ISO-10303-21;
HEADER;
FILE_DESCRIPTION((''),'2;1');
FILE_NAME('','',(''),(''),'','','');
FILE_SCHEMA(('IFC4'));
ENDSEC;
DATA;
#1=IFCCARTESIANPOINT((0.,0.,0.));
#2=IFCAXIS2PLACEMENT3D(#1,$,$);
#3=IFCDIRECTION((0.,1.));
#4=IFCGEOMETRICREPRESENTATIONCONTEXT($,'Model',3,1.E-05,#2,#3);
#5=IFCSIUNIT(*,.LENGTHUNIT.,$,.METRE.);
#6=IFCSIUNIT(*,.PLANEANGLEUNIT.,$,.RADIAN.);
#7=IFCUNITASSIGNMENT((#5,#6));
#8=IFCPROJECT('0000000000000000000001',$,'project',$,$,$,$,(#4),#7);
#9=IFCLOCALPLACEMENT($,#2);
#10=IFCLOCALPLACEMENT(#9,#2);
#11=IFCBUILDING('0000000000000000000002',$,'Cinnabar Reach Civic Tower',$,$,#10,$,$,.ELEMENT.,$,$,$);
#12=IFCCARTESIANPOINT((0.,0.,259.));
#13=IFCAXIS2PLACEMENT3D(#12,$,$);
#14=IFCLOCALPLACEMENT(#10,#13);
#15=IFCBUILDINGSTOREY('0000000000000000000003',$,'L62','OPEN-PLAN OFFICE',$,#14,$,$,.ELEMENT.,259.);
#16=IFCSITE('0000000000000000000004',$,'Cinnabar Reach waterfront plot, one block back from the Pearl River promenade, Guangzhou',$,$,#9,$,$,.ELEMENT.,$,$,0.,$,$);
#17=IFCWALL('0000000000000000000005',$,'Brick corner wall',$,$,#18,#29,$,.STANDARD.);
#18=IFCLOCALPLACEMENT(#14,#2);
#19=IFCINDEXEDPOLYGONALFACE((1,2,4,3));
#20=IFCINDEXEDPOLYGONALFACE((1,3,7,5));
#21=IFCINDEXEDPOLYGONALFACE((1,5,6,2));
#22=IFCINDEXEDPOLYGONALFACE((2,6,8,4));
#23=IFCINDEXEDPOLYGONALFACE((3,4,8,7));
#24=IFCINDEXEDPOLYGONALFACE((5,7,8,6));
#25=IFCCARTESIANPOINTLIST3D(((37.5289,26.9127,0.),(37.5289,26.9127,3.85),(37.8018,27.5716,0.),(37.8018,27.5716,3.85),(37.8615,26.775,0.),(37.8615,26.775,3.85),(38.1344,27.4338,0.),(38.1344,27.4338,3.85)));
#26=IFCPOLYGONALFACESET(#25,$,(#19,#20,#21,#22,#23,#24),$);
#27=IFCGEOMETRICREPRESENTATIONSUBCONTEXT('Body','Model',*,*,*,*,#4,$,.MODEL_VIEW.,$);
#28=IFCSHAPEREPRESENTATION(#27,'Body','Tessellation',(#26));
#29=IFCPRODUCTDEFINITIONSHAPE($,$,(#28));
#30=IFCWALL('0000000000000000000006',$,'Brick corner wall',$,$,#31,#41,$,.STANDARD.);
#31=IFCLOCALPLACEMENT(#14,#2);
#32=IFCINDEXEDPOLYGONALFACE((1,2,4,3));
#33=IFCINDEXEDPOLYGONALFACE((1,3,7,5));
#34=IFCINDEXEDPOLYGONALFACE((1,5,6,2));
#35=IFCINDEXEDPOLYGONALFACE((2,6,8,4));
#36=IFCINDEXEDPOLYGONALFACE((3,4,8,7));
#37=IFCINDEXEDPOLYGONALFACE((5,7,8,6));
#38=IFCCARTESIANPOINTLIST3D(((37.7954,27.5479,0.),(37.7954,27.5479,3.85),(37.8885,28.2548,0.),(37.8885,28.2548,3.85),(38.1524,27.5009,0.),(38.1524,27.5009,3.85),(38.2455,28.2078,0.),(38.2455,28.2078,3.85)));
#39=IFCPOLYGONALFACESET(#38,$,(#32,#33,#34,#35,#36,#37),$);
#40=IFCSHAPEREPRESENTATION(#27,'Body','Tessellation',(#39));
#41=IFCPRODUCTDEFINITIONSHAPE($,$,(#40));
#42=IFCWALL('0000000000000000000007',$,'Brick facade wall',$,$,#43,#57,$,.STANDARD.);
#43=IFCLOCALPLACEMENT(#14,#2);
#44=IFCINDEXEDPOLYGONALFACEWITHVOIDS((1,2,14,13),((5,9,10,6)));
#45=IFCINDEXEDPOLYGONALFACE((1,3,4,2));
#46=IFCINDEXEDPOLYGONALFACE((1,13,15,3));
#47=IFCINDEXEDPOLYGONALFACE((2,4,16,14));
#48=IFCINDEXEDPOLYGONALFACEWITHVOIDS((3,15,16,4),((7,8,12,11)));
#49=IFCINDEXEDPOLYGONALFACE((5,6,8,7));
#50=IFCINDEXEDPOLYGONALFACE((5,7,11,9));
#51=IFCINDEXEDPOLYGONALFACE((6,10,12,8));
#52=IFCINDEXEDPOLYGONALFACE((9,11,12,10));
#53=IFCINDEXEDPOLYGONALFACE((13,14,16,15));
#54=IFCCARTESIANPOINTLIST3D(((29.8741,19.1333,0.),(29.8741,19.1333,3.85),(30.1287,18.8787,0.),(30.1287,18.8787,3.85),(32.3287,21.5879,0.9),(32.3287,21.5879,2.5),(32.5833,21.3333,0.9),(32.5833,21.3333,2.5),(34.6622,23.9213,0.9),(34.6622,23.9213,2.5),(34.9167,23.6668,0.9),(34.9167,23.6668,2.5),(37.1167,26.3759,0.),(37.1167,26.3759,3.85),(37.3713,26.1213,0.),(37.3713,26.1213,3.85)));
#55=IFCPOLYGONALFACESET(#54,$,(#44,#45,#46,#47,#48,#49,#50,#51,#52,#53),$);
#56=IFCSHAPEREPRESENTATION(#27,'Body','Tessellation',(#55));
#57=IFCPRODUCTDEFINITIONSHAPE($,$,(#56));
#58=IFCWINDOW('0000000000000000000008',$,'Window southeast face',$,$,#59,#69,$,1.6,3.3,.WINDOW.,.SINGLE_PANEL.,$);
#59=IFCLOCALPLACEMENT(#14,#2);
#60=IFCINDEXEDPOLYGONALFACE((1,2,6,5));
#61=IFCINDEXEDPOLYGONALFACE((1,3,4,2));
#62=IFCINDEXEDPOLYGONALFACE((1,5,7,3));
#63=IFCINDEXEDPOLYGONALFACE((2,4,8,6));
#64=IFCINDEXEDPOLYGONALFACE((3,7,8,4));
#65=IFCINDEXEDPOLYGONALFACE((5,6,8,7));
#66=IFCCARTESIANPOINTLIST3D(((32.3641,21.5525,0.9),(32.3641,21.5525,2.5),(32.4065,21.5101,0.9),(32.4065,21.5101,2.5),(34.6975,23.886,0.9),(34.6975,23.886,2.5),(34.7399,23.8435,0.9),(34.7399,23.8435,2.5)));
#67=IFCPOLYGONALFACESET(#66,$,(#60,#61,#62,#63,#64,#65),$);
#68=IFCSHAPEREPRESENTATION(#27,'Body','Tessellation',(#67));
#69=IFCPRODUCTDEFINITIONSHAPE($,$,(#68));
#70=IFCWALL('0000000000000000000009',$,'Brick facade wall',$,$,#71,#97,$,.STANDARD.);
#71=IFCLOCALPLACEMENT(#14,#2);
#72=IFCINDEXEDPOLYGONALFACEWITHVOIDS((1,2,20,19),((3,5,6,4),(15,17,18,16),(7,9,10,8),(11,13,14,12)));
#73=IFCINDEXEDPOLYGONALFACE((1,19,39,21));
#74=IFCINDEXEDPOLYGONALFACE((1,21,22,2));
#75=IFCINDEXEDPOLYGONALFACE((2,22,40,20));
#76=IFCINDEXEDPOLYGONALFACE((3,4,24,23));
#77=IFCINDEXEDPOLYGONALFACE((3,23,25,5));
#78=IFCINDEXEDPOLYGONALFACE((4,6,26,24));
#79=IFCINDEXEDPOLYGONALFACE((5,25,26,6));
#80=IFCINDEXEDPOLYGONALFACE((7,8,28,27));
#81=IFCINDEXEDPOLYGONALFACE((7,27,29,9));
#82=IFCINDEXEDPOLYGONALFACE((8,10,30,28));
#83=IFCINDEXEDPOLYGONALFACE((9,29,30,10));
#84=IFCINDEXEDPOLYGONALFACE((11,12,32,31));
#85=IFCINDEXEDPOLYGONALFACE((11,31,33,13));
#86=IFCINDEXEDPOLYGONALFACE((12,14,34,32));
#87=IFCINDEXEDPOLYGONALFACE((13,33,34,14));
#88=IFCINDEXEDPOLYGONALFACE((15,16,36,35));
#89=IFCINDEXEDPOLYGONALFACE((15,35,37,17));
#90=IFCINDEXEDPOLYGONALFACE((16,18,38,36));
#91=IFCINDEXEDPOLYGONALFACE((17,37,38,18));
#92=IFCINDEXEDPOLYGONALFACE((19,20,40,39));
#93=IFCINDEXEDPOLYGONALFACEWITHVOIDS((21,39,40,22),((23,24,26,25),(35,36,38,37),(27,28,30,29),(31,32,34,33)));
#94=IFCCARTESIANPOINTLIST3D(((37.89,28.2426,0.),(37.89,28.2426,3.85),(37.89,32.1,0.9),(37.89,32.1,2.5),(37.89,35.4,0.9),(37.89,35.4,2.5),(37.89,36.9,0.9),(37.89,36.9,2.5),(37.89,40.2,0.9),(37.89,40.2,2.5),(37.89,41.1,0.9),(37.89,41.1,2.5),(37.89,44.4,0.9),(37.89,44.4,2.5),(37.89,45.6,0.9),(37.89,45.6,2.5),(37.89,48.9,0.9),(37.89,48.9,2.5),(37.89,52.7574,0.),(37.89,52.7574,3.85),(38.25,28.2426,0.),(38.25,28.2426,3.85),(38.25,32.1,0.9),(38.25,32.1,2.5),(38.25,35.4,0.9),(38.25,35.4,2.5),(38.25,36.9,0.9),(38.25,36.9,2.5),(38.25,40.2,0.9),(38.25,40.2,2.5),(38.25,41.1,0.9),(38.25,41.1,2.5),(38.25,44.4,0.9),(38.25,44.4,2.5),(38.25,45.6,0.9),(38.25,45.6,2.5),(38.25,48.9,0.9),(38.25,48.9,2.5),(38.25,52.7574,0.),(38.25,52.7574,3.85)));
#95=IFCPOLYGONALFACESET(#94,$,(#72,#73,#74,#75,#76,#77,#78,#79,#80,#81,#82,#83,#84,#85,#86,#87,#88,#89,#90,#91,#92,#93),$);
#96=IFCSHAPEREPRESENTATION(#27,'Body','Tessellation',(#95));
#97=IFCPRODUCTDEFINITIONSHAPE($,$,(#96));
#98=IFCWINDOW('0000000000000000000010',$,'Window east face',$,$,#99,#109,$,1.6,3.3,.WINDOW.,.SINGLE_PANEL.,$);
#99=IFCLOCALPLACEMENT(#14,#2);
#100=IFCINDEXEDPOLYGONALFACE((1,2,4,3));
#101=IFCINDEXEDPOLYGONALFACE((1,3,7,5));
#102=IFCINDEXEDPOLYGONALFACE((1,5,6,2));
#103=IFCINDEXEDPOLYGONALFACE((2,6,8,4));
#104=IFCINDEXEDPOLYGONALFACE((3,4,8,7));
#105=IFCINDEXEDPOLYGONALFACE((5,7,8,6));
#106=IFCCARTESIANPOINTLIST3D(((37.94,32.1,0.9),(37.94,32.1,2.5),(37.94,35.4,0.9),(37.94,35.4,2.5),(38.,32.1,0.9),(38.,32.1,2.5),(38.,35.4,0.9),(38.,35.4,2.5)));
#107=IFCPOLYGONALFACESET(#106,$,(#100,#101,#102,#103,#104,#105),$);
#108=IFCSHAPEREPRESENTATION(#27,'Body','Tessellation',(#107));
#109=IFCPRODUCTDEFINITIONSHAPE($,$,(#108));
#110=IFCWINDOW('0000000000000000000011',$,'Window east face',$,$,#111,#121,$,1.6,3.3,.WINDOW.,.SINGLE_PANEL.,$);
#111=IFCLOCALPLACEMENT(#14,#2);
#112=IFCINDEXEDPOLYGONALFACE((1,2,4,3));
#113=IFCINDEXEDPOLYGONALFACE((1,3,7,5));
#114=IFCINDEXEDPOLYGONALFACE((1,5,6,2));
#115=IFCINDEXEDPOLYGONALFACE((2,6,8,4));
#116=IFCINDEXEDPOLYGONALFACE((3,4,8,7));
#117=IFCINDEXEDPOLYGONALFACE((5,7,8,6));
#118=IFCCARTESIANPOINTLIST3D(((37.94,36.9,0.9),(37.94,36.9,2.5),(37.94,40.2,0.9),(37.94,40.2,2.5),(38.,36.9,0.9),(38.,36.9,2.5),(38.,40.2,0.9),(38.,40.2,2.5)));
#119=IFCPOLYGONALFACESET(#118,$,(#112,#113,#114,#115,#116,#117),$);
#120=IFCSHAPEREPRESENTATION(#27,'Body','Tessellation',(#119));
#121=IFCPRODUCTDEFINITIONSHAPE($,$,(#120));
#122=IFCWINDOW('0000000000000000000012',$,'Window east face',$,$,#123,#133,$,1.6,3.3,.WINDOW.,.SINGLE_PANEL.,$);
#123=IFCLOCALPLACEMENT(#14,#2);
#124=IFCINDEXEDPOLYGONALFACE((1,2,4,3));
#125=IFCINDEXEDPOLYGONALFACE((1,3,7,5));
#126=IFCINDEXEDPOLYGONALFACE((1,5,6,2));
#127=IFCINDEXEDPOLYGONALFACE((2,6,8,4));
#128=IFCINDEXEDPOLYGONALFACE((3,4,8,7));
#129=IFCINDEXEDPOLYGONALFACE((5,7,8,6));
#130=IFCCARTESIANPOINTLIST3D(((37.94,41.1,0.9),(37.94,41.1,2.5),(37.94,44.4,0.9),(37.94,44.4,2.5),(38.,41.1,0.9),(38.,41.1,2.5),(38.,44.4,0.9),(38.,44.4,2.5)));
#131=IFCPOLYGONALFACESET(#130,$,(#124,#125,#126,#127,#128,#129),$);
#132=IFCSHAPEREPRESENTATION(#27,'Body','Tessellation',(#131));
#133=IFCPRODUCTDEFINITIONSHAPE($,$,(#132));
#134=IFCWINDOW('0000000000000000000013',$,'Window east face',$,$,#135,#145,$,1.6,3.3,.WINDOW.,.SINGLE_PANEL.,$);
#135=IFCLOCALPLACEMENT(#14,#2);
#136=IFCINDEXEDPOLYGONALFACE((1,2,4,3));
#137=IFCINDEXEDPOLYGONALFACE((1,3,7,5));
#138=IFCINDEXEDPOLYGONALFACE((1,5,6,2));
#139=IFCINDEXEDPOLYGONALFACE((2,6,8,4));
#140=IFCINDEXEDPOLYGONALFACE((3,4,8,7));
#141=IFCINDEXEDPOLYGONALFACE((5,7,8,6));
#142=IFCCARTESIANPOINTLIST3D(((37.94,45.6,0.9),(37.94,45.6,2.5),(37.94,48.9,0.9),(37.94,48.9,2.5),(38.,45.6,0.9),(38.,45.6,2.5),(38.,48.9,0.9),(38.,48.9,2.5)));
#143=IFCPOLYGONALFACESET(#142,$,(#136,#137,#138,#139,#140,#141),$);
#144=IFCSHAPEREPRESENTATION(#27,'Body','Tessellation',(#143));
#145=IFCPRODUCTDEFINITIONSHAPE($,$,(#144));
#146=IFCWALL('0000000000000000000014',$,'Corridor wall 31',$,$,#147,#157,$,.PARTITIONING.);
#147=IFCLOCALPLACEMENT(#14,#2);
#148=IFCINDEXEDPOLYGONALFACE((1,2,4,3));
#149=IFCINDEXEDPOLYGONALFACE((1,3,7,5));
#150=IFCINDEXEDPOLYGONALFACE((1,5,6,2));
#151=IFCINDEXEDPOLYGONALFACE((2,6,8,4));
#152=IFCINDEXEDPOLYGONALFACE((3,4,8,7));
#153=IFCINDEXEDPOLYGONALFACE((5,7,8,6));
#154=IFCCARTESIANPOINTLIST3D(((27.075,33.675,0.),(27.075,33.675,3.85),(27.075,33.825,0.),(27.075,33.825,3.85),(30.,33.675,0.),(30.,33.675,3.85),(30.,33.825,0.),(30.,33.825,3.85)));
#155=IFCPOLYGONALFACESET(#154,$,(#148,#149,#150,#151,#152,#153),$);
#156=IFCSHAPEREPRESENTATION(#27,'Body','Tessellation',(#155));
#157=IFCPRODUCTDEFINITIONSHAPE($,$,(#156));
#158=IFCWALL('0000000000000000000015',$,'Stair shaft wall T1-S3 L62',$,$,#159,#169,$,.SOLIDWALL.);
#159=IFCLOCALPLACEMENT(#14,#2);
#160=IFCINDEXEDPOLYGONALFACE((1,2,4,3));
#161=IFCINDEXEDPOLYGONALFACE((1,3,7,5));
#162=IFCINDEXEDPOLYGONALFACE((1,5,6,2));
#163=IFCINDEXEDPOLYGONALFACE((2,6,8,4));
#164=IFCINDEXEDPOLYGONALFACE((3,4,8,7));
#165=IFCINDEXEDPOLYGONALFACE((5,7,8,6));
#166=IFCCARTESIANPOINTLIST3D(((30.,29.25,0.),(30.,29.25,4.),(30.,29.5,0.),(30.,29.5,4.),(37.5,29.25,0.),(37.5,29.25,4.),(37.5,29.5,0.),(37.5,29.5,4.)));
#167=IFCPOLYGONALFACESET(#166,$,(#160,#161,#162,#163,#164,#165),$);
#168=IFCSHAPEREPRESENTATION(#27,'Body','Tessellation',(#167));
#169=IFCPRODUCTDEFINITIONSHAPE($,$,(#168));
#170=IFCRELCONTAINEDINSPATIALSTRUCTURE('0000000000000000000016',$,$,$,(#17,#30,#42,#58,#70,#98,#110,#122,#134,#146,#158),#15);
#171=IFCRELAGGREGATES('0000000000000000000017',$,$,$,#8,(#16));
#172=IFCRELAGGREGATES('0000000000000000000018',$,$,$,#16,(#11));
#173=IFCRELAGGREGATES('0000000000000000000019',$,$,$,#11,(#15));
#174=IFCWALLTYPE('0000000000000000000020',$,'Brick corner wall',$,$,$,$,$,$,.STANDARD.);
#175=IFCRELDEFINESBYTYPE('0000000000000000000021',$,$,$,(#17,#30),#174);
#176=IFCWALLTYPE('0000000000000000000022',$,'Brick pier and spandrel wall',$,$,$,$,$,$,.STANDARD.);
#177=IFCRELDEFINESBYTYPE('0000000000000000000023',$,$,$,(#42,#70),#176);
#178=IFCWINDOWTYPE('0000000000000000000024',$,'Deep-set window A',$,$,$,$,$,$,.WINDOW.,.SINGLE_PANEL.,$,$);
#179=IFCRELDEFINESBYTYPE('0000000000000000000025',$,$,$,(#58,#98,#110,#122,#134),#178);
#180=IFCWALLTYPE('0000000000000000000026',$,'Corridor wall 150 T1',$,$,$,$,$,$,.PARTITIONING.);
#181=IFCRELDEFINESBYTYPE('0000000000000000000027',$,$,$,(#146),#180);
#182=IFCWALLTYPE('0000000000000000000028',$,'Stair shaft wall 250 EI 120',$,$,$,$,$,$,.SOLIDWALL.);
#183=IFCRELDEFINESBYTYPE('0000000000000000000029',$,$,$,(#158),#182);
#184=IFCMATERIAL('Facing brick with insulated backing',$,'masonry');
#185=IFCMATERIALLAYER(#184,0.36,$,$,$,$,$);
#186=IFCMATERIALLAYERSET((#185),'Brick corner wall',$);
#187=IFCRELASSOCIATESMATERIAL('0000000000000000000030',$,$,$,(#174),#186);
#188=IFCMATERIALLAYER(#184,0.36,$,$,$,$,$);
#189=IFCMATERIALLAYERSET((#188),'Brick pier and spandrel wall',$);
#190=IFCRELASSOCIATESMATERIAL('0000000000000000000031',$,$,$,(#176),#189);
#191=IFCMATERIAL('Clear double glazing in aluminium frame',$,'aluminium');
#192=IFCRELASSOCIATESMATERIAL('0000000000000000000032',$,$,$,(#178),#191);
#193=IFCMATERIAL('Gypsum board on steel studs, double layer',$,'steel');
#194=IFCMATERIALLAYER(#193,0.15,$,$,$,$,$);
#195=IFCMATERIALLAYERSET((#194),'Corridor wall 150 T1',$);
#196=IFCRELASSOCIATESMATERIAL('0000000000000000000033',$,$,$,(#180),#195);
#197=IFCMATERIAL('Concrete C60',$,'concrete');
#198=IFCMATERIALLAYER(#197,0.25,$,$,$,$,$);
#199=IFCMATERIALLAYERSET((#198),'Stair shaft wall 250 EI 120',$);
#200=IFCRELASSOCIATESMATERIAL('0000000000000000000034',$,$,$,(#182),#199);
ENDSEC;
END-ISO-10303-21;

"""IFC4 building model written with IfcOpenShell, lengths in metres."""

from ifc_helpers import new_model, si_unit, direction, frame, frame_2d, origin, place, context, subcontext, project, spatial, rectangle, extrude, material, layer, layer_set, type_object, element, fill, save


model = new_model("IFC4")

# Units and contexts
model_context = context("Model", 3, precision=1e-05, world=origin(), true_north=direction((0.0, 1.0)))
body_context = subcontext(model_context, "Body", "Model", "MODEL_VIEW")
ifc_project = project(units=[si_unit("LENGTHUNIT", "METRE"), si_unit("PLANEANGLEUNIT", "RADIAN")], contexts=[model_context])

# Site, building, storey
site_placement = place(None, origin())
site = spatial("IfcSite", under=ifc_project, at=site_placement, Name="Cinnabar Reach waterfront plot, one block back from the Pearl River promenade, Guangzhou", CompositionType="ELEMENT", RefElevation=0.0)
building_placement = place(site_placement, origin())
building = spatial("IfcBuilding", under=site, at=building_placement, Name="Cinnabar Reach Civic Tower", CompositionType="ELEMENT")
storey_placement = place(building_placement, frame((0.0, 0.0, 259.0)))
storey = spatial("IfcBuildingStorey", under=building, at=storey_placement, Name="L62", Description="OPEN-PLAN OFFICE", CompositionType="ELEMENT", Elevation=259.0)

# Shared definitions
ifc_material_1 = material(Name="Concrete C60", Category="concrete")

# Walls
ifc_material_2 = material(Name="Facing brick with insulated backing", Category="masonry")
ifc_layer_1 = layer(ifc_material_2, 0.36)
ifc_layer_set_1 = layer_set([ifc_layer_1], Name="Brick corner wall")
wall_type_1 = type_object("IfcWallType", Name="Brick corner wall", PredefinedType="STANDARD", material=ifc_layer_set_1)
for number, where, z_axis, x_axis, name in (
    (1, (37.6952, 26.8439, 0.0), (0.0, 0.0, 1.0), (0.382703, 0.923872, 0.0), "Brick corner wall"),
    (2, (37.9739, 27.5244, 0.0), (0.0, 0.0, 1.0), (0.130556, 0.991441, 0.0), "Brick corner wall"),
):
    element("IfcWall", number, at=place(storey_placement, frame(where, z_axis=z_axis, x_axis=x_axis)), inside=storey, type_object=wall_type_1, Name=name, PredefinedType="STANDARD", context=body_context, shape_type="SweptSolid", body=[
        extrude(rectangle(XDim=0.7131, YDim=0.36, at=frame_2d((0.3565, 0.0))), origin(), (0.0, 0.0, 1.0), 3.85),
    ])

# Wall, opening, window
ifc_layer_2 = layer(ifc_material_2, 0.36)
ifc_layer_set_2 = layer_set([ifc_layer_2], Name="Brick pier and spandrel wall")
wall_type_2 = type_object("IfcWallType", Name="Brick pier and spandrel wall", PredefinedType="STANDARD", material=ifc_layer_set_2)
wall_1_placement = place(storey_placement, frame((30.0014, 19.006, 0.0), z_axis=(0.0, 0.0, 1.0), x_axis=(0.707107, 0.707107, 0.0)))
wall_1 = element("IfcWall", 3, at=wall_1_placement, inside=storey, type_object=wall_type_2, Name="Brick facade wall", PredefinedType="STANDARD", context=body_context, shape_type="SweptSolid", body=[
    extrude(rectangle(XDim=10.2426, YDim=0.36, at=frame_2d((5.1213, 0.0))), origin(), (0.0, 0.0, 1.0), 3.85),
])
opening_1_placement = place(wall_1_placement, frame((3.4713, 0.0, 0.9)))
opening_1 = element("IfcOpeningElement", 4, at=opening_1_placement, cuts=wall_1, PredefinedType="OPENING", context=body_context, shape_type="SweptSolid", body=[
    extrude(rectangle(XDim=3.3, YDim=1.6, at=frame_2d((1.65, 0.8))), frame((0.0, 0.19, 0.0), z_axis=(0.0, -1.0, 0.0), x_axis=(1.0, 0.0, 0.0)), (0.0, 0.0, 1.0), 0.38),
])
ifc_material_3 = material(Name="Clear double glazing in aluminium frame", Category="aluminium")
window_type = type_object("IfcWindowType", Name="Deep-set window A", PartitioningType="SINGLE_PANEL", PredefinedType="WINDOW", material=ifc_material_3)
window_1_placement = place(opening_1_placement, origin())
window_1 = element("IfcWindow", 5, at=window_1_placement, inside=storey, type_object=window_type, Name="Window southeast face", OverallHeight=1.6, OverallWidth=3.3, PartitioningType="SINGLE_PANEL", PredefinedType="WINDOW", context=body_context, shape_type="SweptSolid", body=[
    extrude(rectangle(XDim=3.3, YDim=1.6, at=frame_2d((1.65, 0.8))), frame((0.0, 0.13, 0.0), z_axis=(0.0, -1.0, 0.0), x_axis=(1.0, 0.0, 0.0)), (0.0, 0.0, 1.0), 0.06),
])
fill(opening_1, window_1)

# Wall, openings, windows
wall_2_placement = place(storey_placement, frame((38.07, 28.2426, 0.0), z_axis=(0.0, 0.0, 1.0), x_axis=(0.0, 1.0, 0.0)))
wall_2 = element("IfcWall", 6, at=wall_2_placement, inside=storey, type_object=wall_type_2, Name="Brick facade wall", PredefinedType="STANDARD", context=body_context, shape_type="SweptSolid", body=[
    extrude(rectangle(XDim=24.5148, YDim=0.36, at=frame_2d((12.2574, 0.0))), origin(), (0.0, 0.0, 1.0), 3.85),
])
opening_2_placement = place(wall_2_placement, frame((3.8574, 0.0, 0.9)))
opening_2 = element("IfcOpeningElement", 7, at=opening_2_placement, cuts=wall_2, PredefinedType="OPENING", context=body_context, shape_type="SweptSolid", body=[
    extrude(rectangle(XDim=3.3, YDim=1.6, at=frame_2d((1.65, 0.8))), frame((0.0, 0.19, 0.0), z_axis=(0.0, -1.0, 0.0), x_axis=(1.0, 0.0, 0.0)), (0.0, 0.0, 1.0), 0.38),
])
opening_3_placement = place(wall_2_placement, frame((8.6574, 0.0, 0.9)))
opening_3 = element("IfcOpeningElement", 8, at=opening_3_placement, cuts=wall_2, PredefinedType="OPENING", context=body_context, shape_type="SweptSolid", body=[
    extrude(rectangle(XDim=3.3, YDim=1.6, at=frame_2d((1.65, 0.8))), frame((0.0, 0.19, 0.0), z_axis=(0.0, -1.0, 0.0), x_axis=(1.0, 0.0, 0.0)), (0.0, 0.0, 1.0), 0.38),
])
opening_4_placement = place(wall_2_placement, frame((12.8574, 0.0, 0.9)))
opening_4 = element("IfcOpeningElement", 9, at=opening_4_placement, cuts=wall_2, PredefinedType="OPENING", context=body_context, shape_type="SweptSolid", body=[
    extrude(rectangle(XDim=3.3, YDim=1.6, at=frame_2d((1.65, 0.8))), frame((0.0, 0.19, 0.0), z_axis=(0.0, -1.0, 0.0), x_axis=(1.0, 0.0, 0.0)), (0.0, 0.0, 1.0), 0.38),
])
opening_5_placement = place(wall_2_placement, frame((17.3574, 0.0, 0.9)))
opening_5 = element("IfcOpeningElement", 10, at=opening_5_placement, cuts=wall_2, PredefinedType="OPENING", context=body_context, shape_type="SweptSolid", body=[
    extrude(rectangle(XDim=3.3, YDim=1.6, at=frame_2d((1.65, 0.8))), frame((0.0, 0.19, 0.0), z_axis=(0.0, -1.0, 0.0), x_axis=(1.0, 0.0, 0.0)), (0.0, 0.0, 1.0), 0.38),
])
window_2_placement = place(opening_2_placement, origin())
window_2 = element("IfcWindow", 11, at=window_2_placement, inside=storey, type_object=window_type, Name="Window east face", OverallHeight=1.6, OverallWidth=3.3, PartitioningType="SINGLE_PANEL", PredefinedType="WINDOW", context=body_context, shape_type="SweptSolid", body=[
    extrude(rectangle(XDim=3.3, YDim=1.6, at=frame_2d((1.65, 0.8))), frame((0.0, 0.13, 0.0), z_axis=(0.0, -1.0, 0.0), x_axis=(1.0, 0.0, 0.0)), (0.0, 0.0, 1.0), 0.06),
])
fill(opening_2, window_2)
window_3_placement = place(opening_3_placement, origin())
window_3 = element("IfcWindow", 12, at=window_3_placement, inside=storey, type_object=window_type, Name="Window east face", OverallHeight=1.6, OverallWidth=3.3, PartitioningType="SINGLE_PANEL", PredefinedType="WINDOW", context=body_context, shape_type="SweptSolid", body=[
    extrude(rectangle(XDim=3.3, YDim=1.6, at=frame_2d((1.65, 0.8))), frame((0.0, 0.13, 0.0), z_axis=(0.0, -1.0, 0.0), x_axis=(1.0, 0.0, 0.0)), (0.0, 0.0, 1.0), 0.06),
])
fill(opening_3, window_3)
window_4_placement = place(opening_4_placement, origin())
window_4 = element("IfcWindow", 13, at=window_4_placement, inside=storey, type_object=window_type, Name="Window east face", OverallHeight=1.6, OverallWidth=3.3, PartitioningType="SINGLE_PANEL", PredefinedType="WINDOW", context=body_context, shape_type="SweptSolid", body=[
    extrude(rectangle(XDim=3.3, YDim=1.6, at=frame_2d((1.65, 0.8))), frame((0.0, 0.13, 0.0), z_axis=(0.0, -1.0, 0.0), x_axis=(1.0, 0.0, 0.0)), (0.0, 0.0, 1.0), 0.06),
])
fill(opening_4, window_4)
window_5_placement = place(opening_5_placement, origin())
window_5 = element("IfcWindow", 14, at=window_5_placement, inside=storey, type_object=window_type, Name="Window east face", OverallHeight=1.6, OverallWidth=3.3, PartitioningType="SINGLE_PANEL", PredefinedType="WINDOW", context=body_context, shape_type="SweptSolid", body=[
    extrude(rectangle(XDim=3.3, YDim=1.6, at=frame_2d((1.65, 0.8))), frame((0.0, 0.13, 0.0), z_axis=(0.0, -1.0, 0.0), x_axis=(1.0, 0.0, 0.0)), (0.0, 0.0, 1.0), 0.06),
])
fill(opening_5, window_5)

# Walls
ifc_material_4 = material(Name="Gypsum board on steel studs, double layer", Category="steel")
ifc_layer_3 = layer(ifc_material_4, 0.15)
ifc_layer_set_3 = layer_set([ifc_layer_3], Name="Corridor wall 150 T1")
wall_type_3 = type_object("IfcWallType", Name="Corridor wall 150 T1", PredefinedType="PARTITIONING", material=ifc_layer_set_3)
wall_3_placement = place(storey_placement, frame((27.075, 33.75, 0.0), z_axis=(0.0, 0.0, 1.0), x_axis=(1.0, 0.0, 0.0)))
element("IfcWall", 15, at=wall_3_placement, inside=storey, type_object=wall_type_3, Name="Corridor wall 31", PredefinedType="PARTITIONING", context=body_context, shape_type="SweptSolid", body=[
    extrude(rectangle(XDim=2.925, YDim=0.15, at=frame_2d((1.4625, 0.0))), origin(), (0.0, 0.0, 1.0), 3.85),
])
ifc_layer_4 = layer(ifc_material_1, 0.25)
ifc_layer_set_4 = layer_set([ifc_layer_4], Name="Stair shaft wall 250 EI 120")
wall_type_4 = type_object("IfcWallType", Name="Stair shaft wall 250 EI 120", PredefinedType="SOLIDWALL", material=ifc_layer_set_4)
for number, where, z_axis, x_axis, name in (
    (16, (30.0, 29.375, 0.0), (0.0, 0.0, 1.0), (1.0, 0.0, 0.0), "Stair shaft wall T1-S3 L62"),
):
    element("IfcWall", number, at=place(storey_placement, frame(where, z_axis=z_axis, x_axis=x_axis)), inside=storey, type_object=wall_type_4, Name=name, PredefinedType="SOLIDWALL", context=body_context, shape_type="SweptSolid", body=[
        extrude(rectangle(XDim=7.5, YDim=0.25, at=frame_2d((3.75, 0.0))), origin(), (0.0, 0.0, 1.0), 4.0),
    ])

save(model, "model.ifc")
